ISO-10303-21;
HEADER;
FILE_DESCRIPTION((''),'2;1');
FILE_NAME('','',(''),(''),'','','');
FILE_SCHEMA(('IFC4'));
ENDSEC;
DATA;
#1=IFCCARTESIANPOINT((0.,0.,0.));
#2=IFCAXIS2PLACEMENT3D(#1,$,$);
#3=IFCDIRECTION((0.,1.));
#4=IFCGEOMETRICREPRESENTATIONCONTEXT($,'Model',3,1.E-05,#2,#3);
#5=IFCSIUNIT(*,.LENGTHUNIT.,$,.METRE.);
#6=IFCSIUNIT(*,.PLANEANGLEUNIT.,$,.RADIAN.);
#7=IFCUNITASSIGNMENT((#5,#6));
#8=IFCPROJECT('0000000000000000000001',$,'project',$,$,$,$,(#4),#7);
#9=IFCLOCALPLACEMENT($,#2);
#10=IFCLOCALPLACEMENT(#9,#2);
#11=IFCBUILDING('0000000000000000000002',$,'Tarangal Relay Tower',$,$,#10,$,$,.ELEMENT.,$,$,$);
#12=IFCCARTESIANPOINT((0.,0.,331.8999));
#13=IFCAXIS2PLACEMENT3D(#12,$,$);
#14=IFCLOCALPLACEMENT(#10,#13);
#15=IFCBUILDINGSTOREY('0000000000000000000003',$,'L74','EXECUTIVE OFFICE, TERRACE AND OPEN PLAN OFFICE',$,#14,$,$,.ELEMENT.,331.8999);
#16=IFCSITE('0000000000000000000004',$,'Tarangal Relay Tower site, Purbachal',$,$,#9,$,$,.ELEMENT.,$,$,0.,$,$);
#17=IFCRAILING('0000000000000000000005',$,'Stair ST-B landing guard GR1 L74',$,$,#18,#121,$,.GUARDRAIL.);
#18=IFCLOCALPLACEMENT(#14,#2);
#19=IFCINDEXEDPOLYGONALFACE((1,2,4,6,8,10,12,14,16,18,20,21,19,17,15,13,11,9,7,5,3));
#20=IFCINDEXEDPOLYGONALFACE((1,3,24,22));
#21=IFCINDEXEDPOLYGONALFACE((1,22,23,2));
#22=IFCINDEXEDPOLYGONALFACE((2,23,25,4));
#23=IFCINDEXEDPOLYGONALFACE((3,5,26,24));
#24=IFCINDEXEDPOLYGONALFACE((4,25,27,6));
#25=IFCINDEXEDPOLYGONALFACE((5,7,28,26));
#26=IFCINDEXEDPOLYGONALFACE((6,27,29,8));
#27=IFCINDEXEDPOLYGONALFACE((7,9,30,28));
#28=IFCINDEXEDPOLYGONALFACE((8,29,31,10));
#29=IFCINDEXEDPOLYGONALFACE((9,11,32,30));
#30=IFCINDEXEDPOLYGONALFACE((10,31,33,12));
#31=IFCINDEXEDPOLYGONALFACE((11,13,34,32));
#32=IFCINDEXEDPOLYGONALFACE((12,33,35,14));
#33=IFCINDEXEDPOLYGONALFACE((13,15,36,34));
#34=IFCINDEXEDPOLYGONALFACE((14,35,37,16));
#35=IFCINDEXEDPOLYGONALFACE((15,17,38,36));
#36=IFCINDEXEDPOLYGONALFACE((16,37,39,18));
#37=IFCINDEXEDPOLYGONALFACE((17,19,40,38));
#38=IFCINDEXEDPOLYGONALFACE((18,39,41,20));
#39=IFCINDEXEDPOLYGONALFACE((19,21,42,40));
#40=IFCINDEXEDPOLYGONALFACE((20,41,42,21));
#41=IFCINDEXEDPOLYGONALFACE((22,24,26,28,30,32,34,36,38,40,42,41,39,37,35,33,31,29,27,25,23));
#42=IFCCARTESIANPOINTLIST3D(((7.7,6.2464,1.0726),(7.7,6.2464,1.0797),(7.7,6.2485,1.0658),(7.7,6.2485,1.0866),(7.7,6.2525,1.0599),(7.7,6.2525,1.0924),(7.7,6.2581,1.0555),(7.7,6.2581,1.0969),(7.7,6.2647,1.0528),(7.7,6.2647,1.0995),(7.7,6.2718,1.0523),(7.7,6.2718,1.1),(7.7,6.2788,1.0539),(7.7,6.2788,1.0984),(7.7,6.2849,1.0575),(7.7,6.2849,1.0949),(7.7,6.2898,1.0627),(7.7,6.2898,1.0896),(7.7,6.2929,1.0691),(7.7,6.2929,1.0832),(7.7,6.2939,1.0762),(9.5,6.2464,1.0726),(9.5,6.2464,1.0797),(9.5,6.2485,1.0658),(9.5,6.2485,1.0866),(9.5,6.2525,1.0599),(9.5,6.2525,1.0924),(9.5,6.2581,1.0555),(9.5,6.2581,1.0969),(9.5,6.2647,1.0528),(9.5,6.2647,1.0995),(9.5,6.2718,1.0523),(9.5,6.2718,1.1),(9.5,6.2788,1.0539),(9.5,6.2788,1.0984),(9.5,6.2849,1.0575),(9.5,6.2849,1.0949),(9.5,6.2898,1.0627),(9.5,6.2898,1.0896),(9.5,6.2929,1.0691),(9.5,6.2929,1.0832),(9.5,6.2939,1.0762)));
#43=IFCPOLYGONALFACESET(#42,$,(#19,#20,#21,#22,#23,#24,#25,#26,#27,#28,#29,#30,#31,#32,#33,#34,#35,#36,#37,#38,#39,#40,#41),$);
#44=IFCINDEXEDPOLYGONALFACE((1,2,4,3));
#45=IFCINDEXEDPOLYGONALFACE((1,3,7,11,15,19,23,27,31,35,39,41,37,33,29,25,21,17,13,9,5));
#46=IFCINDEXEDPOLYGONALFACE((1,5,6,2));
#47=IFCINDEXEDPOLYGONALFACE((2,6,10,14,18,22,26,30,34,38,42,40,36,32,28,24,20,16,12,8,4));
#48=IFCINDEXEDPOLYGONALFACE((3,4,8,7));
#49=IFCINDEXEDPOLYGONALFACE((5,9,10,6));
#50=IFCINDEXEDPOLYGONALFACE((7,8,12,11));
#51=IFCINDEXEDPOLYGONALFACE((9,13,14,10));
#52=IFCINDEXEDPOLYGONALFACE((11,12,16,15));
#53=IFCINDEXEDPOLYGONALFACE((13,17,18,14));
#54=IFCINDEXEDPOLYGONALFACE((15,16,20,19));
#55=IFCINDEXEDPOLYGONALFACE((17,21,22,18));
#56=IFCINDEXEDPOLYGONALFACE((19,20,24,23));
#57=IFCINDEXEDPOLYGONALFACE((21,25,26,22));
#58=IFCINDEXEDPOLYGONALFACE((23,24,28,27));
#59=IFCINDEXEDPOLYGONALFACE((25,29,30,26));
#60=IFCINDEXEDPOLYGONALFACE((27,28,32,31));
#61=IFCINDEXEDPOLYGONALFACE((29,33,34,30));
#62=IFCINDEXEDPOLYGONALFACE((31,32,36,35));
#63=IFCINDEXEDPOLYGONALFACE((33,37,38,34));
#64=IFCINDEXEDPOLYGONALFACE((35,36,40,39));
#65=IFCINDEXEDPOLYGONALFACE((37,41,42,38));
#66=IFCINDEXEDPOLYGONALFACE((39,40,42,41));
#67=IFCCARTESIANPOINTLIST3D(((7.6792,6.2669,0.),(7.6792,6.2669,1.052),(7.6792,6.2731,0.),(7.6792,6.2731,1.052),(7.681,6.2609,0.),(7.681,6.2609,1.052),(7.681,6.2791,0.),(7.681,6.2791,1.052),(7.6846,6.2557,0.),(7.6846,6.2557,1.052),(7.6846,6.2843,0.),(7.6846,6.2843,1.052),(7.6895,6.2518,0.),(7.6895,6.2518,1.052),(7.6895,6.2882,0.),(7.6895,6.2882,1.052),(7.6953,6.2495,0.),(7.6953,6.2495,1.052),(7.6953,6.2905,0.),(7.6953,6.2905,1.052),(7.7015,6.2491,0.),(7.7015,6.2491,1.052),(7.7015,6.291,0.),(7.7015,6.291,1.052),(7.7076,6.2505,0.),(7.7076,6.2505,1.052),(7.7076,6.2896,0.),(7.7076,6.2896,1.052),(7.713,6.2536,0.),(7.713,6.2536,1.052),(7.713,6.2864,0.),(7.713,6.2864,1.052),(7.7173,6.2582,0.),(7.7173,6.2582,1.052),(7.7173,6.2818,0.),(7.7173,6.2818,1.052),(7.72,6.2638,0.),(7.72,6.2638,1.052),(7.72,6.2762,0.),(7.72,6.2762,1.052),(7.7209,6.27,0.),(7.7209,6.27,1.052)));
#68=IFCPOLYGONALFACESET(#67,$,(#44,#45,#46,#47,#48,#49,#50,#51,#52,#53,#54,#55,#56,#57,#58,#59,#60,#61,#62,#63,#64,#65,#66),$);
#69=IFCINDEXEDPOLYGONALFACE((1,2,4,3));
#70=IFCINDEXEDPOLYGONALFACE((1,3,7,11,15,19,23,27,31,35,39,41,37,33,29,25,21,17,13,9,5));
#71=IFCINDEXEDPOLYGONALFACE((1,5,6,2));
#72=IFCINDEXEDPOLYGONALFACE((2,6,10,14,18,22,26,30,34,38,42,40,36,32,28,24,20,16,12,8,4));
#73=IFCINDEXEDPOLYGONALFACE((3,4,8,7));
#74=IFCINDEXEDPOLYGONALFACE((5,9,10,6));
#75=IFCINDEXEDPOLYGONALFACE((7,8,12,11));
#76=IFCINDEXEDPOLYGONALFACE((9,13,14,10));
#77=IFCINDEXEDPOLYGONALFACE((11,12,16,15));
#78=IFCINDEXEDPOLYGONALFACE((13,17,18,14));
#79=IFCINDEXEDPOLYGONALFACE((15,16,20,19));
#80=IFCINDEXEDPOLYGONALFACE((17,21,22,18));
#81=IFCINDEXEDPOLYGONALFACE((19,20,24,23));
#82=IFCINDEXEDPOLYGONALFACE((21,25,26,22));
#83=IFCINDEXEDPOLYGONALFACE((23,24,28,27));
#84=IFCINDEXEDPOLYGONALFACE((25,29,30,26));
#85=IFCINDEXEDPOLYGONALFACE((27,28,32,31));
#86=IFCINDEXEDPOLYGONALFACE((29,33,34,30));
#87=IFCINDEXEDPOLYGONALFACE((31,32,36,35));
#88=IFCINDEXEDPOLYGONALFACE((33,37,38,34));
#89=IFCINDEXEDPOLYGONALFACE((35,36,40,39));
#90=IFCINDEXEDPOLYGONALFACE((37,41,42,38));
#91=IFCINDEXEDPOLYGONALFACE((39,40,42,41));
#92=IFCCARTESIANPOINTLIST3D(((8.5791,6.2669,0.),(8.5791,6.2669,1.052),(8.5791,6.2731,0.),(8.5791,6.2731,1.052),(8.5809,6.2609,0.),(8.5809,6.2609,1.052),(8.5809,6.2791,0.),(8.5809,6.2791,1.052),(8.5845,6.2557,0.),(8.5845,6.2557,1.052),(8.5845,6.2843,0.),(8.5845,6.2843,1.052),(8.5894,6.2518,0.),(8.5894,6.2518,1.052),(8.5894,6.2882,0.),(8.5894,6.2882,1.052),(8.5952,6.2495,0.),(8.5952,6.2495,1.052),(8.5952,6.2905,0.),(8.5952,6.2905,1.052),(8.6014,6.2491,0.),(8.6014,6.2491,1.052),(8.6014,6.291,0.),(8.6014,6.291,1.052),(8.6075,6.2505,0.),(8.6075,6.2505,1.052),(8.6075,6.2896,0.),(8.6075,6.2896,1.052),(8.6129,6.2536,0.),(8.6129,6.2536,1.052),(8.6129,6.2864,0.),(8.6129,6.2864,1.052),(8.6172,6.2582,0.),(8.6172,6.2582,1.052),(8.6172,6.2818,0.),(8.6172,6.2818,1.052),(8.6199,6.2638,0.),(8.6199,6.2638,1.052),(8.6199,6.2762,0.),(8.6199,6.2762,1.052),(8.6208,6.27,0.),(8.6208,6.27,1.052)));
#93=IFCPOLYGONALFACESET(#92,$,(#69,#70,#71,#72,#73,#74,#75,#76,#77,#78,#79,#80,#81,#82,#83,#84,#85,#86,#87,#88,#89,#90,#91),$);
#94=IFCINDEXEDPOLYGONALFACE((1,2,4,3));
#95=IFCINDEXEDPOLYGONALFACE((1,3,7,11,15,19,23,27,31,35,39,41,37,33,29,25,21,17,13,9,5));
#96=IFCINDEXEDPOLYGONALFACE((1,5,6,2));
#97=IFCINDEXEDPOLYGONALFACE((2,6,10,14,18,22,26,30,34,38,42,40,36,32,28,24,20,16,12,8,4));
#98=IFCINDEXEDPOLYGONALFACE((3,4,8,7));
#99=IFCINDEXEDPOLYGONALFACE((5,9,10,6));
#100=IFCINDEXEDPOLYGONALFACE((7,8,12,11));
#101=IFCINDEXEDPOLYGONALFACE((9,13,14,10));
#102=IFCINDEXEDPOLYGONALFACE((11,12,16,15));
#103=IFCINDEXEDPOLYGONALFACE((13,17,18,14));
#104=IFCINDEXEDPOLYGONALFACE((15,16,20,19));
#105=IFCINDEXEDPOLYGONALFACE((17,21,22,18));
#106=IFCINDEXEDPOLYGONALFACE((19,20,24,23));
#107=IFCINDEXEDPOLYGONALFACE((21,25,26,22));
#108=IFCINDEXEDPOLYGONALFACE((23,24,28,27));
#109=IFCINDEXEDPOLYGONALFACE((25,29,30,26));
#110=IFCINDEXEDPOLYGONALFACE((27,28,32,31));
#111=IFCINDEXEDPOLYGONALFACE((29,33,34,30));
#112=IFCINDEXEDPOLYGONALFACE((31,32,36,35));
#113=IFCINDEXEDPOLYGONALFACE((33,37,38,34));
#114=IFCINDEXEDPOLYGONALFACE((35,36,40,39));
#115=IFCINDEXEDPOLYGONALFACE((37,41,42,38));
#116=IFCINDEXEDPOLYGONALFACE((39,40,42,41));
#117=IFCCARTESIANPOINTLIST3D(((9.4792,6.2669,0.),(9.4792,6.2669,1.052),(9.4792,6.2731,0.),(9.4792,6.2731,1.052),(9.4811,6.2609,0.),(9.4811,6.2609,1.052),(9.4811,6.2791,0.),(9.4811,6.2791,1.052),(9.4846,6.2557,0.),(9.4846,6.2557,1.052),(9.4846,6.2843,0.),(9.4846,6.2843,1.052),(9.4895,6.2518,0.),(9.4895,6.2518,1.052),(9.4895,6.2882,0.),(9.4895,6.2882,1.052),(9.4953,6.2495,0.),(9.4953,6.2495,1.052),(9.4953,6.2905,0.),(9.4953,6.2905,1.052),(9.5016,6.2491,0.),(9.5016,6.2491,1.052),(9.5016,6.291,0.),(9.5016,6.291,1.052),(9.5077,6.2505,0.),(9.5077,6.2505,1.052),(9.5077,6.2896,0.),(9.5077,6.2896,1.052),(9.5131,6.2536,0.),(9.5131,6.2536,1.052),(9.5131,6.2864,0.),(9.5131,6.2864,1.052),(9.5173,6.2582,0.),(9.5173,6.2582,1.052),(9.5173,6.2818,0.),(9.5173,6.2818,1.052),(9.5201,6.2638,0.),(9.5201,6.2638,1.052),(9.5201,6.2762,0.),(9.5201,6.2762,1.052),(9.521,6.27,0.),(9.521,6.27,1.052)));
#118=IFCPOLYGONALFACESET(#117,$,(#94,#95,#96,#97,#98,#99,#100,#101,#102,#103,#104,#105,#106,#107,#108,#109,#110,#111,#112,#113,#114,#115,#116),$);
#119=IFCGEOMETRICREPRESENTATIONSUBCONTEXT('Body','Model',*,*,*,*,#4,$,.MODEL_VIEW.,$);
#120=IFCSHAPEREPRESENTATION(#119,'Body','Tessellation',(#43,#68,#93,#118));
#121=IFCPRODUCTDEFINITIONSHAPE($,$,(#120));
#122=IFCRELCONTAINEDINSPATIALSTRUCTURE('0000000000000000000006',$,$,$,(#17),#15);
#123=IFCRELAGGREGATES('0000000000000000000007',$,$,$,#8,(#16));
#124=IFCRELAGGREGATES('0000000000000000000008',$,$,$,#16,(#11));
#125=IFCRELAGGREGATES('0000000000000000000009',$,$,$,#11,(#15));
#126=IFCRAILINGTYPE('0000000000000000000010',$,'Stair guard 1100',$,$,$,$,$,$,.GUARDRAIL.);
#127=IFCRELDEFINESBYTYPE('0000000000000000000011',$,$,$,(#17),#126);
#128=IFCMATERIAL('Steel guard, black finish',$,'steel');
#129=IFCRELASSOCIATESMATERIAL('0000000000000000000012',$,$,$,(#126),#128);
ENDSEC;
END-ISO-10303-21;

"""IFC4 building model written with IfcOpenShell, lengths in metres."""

from ifc_helpers import new_model, si_unit, direction, frame, origin, origin_2d, place, context, subcontext, project, spatial, circle, extrude, material, type_object, element, save


model = new_model("IFC4")

# Units and contexts
model_context = context("Model", 3, precision=1e-05, world=origin(), true_north=direction((0.0, 1.0)))
body_context = subcontext(model_context, "Body", "Model", "MODEL_VIEW")
ifc_project = project(units=[si_unit("LENGTHUNIT", "METRE"), si_unit("PLANEANGLEUNIT", "RADIAN")], contexts=[model_context])

# Site, building, storey
site_placement = place(None, origin())
site = spatial("IfcSite", under=ifc_project, at=site_placement, Name="Tarangal Relay Tower site, Purbachal", CompositionType="ELEMENT", RefElevation=0.0)
building_placement = place(site_placement, origin())
building = spatial("IfcBuilding", under=site, at=building_placement, Name="Tarangal Relay Tower", CompositionType="ELEMENT")
storey_placement = place(building_placement, frame((0.0, 0.0, 331.8999)))
storey = spatial("IfcBuildingStorey", under=building, at=storey_placement, Name="L74", Description="EXECUTIVE OFFICE, TERRACE AND OPEN PLAN OFFICE", CompositionType="ELEMENT", Elevation=331.8999)

# Railing
ifc_material_1 = material(Name="Steel guard, black finish", Category="steel")
railing_type_1 = type_object("IfcRailingType", Name="Stair guard 1100", PredefinedType="GUARDRAIL", material=ifc_material_1)
railing_1_placement = place(storey_placement, frame((7.7, 6.27, 0.0)))
element("IfcRailing", 1, at=railing_1_placement, inside=storey, type_object=railing_type_1, Name="Stair ST-B landing guard GR1 L74", PredefinedType="GUARDRAIL", context=body_context, shape_type="SweptSolid", body=[
    extrude(circle(Radius=0.0239, at=origin_2d()), frame((0.0, 0.0, 1.0762), z_axis=(1.0, 0.0, 0.0), x_axis=(0.0, 1.0, 0.0)), (0.0, 0.0, 1.0), 1.8),
    extrude(circle(Radius=0.021, at=origin_2d()), origin(), (0.0, 0.0, 1.0), 1.052),
    extrude(circle(Radius=0.021, at=origin_2d()), frame((0.8999, 0.0, 0.0)), (0.0, 0.0, 1.0), 1.052),
    extrude(circle(Radius=0.021, at=origin_2d()), frame((1.8, 0.0, 0.0)), (0.0, 0.0, 1.0), 1.052),
])

save(model, "model.ifc")
